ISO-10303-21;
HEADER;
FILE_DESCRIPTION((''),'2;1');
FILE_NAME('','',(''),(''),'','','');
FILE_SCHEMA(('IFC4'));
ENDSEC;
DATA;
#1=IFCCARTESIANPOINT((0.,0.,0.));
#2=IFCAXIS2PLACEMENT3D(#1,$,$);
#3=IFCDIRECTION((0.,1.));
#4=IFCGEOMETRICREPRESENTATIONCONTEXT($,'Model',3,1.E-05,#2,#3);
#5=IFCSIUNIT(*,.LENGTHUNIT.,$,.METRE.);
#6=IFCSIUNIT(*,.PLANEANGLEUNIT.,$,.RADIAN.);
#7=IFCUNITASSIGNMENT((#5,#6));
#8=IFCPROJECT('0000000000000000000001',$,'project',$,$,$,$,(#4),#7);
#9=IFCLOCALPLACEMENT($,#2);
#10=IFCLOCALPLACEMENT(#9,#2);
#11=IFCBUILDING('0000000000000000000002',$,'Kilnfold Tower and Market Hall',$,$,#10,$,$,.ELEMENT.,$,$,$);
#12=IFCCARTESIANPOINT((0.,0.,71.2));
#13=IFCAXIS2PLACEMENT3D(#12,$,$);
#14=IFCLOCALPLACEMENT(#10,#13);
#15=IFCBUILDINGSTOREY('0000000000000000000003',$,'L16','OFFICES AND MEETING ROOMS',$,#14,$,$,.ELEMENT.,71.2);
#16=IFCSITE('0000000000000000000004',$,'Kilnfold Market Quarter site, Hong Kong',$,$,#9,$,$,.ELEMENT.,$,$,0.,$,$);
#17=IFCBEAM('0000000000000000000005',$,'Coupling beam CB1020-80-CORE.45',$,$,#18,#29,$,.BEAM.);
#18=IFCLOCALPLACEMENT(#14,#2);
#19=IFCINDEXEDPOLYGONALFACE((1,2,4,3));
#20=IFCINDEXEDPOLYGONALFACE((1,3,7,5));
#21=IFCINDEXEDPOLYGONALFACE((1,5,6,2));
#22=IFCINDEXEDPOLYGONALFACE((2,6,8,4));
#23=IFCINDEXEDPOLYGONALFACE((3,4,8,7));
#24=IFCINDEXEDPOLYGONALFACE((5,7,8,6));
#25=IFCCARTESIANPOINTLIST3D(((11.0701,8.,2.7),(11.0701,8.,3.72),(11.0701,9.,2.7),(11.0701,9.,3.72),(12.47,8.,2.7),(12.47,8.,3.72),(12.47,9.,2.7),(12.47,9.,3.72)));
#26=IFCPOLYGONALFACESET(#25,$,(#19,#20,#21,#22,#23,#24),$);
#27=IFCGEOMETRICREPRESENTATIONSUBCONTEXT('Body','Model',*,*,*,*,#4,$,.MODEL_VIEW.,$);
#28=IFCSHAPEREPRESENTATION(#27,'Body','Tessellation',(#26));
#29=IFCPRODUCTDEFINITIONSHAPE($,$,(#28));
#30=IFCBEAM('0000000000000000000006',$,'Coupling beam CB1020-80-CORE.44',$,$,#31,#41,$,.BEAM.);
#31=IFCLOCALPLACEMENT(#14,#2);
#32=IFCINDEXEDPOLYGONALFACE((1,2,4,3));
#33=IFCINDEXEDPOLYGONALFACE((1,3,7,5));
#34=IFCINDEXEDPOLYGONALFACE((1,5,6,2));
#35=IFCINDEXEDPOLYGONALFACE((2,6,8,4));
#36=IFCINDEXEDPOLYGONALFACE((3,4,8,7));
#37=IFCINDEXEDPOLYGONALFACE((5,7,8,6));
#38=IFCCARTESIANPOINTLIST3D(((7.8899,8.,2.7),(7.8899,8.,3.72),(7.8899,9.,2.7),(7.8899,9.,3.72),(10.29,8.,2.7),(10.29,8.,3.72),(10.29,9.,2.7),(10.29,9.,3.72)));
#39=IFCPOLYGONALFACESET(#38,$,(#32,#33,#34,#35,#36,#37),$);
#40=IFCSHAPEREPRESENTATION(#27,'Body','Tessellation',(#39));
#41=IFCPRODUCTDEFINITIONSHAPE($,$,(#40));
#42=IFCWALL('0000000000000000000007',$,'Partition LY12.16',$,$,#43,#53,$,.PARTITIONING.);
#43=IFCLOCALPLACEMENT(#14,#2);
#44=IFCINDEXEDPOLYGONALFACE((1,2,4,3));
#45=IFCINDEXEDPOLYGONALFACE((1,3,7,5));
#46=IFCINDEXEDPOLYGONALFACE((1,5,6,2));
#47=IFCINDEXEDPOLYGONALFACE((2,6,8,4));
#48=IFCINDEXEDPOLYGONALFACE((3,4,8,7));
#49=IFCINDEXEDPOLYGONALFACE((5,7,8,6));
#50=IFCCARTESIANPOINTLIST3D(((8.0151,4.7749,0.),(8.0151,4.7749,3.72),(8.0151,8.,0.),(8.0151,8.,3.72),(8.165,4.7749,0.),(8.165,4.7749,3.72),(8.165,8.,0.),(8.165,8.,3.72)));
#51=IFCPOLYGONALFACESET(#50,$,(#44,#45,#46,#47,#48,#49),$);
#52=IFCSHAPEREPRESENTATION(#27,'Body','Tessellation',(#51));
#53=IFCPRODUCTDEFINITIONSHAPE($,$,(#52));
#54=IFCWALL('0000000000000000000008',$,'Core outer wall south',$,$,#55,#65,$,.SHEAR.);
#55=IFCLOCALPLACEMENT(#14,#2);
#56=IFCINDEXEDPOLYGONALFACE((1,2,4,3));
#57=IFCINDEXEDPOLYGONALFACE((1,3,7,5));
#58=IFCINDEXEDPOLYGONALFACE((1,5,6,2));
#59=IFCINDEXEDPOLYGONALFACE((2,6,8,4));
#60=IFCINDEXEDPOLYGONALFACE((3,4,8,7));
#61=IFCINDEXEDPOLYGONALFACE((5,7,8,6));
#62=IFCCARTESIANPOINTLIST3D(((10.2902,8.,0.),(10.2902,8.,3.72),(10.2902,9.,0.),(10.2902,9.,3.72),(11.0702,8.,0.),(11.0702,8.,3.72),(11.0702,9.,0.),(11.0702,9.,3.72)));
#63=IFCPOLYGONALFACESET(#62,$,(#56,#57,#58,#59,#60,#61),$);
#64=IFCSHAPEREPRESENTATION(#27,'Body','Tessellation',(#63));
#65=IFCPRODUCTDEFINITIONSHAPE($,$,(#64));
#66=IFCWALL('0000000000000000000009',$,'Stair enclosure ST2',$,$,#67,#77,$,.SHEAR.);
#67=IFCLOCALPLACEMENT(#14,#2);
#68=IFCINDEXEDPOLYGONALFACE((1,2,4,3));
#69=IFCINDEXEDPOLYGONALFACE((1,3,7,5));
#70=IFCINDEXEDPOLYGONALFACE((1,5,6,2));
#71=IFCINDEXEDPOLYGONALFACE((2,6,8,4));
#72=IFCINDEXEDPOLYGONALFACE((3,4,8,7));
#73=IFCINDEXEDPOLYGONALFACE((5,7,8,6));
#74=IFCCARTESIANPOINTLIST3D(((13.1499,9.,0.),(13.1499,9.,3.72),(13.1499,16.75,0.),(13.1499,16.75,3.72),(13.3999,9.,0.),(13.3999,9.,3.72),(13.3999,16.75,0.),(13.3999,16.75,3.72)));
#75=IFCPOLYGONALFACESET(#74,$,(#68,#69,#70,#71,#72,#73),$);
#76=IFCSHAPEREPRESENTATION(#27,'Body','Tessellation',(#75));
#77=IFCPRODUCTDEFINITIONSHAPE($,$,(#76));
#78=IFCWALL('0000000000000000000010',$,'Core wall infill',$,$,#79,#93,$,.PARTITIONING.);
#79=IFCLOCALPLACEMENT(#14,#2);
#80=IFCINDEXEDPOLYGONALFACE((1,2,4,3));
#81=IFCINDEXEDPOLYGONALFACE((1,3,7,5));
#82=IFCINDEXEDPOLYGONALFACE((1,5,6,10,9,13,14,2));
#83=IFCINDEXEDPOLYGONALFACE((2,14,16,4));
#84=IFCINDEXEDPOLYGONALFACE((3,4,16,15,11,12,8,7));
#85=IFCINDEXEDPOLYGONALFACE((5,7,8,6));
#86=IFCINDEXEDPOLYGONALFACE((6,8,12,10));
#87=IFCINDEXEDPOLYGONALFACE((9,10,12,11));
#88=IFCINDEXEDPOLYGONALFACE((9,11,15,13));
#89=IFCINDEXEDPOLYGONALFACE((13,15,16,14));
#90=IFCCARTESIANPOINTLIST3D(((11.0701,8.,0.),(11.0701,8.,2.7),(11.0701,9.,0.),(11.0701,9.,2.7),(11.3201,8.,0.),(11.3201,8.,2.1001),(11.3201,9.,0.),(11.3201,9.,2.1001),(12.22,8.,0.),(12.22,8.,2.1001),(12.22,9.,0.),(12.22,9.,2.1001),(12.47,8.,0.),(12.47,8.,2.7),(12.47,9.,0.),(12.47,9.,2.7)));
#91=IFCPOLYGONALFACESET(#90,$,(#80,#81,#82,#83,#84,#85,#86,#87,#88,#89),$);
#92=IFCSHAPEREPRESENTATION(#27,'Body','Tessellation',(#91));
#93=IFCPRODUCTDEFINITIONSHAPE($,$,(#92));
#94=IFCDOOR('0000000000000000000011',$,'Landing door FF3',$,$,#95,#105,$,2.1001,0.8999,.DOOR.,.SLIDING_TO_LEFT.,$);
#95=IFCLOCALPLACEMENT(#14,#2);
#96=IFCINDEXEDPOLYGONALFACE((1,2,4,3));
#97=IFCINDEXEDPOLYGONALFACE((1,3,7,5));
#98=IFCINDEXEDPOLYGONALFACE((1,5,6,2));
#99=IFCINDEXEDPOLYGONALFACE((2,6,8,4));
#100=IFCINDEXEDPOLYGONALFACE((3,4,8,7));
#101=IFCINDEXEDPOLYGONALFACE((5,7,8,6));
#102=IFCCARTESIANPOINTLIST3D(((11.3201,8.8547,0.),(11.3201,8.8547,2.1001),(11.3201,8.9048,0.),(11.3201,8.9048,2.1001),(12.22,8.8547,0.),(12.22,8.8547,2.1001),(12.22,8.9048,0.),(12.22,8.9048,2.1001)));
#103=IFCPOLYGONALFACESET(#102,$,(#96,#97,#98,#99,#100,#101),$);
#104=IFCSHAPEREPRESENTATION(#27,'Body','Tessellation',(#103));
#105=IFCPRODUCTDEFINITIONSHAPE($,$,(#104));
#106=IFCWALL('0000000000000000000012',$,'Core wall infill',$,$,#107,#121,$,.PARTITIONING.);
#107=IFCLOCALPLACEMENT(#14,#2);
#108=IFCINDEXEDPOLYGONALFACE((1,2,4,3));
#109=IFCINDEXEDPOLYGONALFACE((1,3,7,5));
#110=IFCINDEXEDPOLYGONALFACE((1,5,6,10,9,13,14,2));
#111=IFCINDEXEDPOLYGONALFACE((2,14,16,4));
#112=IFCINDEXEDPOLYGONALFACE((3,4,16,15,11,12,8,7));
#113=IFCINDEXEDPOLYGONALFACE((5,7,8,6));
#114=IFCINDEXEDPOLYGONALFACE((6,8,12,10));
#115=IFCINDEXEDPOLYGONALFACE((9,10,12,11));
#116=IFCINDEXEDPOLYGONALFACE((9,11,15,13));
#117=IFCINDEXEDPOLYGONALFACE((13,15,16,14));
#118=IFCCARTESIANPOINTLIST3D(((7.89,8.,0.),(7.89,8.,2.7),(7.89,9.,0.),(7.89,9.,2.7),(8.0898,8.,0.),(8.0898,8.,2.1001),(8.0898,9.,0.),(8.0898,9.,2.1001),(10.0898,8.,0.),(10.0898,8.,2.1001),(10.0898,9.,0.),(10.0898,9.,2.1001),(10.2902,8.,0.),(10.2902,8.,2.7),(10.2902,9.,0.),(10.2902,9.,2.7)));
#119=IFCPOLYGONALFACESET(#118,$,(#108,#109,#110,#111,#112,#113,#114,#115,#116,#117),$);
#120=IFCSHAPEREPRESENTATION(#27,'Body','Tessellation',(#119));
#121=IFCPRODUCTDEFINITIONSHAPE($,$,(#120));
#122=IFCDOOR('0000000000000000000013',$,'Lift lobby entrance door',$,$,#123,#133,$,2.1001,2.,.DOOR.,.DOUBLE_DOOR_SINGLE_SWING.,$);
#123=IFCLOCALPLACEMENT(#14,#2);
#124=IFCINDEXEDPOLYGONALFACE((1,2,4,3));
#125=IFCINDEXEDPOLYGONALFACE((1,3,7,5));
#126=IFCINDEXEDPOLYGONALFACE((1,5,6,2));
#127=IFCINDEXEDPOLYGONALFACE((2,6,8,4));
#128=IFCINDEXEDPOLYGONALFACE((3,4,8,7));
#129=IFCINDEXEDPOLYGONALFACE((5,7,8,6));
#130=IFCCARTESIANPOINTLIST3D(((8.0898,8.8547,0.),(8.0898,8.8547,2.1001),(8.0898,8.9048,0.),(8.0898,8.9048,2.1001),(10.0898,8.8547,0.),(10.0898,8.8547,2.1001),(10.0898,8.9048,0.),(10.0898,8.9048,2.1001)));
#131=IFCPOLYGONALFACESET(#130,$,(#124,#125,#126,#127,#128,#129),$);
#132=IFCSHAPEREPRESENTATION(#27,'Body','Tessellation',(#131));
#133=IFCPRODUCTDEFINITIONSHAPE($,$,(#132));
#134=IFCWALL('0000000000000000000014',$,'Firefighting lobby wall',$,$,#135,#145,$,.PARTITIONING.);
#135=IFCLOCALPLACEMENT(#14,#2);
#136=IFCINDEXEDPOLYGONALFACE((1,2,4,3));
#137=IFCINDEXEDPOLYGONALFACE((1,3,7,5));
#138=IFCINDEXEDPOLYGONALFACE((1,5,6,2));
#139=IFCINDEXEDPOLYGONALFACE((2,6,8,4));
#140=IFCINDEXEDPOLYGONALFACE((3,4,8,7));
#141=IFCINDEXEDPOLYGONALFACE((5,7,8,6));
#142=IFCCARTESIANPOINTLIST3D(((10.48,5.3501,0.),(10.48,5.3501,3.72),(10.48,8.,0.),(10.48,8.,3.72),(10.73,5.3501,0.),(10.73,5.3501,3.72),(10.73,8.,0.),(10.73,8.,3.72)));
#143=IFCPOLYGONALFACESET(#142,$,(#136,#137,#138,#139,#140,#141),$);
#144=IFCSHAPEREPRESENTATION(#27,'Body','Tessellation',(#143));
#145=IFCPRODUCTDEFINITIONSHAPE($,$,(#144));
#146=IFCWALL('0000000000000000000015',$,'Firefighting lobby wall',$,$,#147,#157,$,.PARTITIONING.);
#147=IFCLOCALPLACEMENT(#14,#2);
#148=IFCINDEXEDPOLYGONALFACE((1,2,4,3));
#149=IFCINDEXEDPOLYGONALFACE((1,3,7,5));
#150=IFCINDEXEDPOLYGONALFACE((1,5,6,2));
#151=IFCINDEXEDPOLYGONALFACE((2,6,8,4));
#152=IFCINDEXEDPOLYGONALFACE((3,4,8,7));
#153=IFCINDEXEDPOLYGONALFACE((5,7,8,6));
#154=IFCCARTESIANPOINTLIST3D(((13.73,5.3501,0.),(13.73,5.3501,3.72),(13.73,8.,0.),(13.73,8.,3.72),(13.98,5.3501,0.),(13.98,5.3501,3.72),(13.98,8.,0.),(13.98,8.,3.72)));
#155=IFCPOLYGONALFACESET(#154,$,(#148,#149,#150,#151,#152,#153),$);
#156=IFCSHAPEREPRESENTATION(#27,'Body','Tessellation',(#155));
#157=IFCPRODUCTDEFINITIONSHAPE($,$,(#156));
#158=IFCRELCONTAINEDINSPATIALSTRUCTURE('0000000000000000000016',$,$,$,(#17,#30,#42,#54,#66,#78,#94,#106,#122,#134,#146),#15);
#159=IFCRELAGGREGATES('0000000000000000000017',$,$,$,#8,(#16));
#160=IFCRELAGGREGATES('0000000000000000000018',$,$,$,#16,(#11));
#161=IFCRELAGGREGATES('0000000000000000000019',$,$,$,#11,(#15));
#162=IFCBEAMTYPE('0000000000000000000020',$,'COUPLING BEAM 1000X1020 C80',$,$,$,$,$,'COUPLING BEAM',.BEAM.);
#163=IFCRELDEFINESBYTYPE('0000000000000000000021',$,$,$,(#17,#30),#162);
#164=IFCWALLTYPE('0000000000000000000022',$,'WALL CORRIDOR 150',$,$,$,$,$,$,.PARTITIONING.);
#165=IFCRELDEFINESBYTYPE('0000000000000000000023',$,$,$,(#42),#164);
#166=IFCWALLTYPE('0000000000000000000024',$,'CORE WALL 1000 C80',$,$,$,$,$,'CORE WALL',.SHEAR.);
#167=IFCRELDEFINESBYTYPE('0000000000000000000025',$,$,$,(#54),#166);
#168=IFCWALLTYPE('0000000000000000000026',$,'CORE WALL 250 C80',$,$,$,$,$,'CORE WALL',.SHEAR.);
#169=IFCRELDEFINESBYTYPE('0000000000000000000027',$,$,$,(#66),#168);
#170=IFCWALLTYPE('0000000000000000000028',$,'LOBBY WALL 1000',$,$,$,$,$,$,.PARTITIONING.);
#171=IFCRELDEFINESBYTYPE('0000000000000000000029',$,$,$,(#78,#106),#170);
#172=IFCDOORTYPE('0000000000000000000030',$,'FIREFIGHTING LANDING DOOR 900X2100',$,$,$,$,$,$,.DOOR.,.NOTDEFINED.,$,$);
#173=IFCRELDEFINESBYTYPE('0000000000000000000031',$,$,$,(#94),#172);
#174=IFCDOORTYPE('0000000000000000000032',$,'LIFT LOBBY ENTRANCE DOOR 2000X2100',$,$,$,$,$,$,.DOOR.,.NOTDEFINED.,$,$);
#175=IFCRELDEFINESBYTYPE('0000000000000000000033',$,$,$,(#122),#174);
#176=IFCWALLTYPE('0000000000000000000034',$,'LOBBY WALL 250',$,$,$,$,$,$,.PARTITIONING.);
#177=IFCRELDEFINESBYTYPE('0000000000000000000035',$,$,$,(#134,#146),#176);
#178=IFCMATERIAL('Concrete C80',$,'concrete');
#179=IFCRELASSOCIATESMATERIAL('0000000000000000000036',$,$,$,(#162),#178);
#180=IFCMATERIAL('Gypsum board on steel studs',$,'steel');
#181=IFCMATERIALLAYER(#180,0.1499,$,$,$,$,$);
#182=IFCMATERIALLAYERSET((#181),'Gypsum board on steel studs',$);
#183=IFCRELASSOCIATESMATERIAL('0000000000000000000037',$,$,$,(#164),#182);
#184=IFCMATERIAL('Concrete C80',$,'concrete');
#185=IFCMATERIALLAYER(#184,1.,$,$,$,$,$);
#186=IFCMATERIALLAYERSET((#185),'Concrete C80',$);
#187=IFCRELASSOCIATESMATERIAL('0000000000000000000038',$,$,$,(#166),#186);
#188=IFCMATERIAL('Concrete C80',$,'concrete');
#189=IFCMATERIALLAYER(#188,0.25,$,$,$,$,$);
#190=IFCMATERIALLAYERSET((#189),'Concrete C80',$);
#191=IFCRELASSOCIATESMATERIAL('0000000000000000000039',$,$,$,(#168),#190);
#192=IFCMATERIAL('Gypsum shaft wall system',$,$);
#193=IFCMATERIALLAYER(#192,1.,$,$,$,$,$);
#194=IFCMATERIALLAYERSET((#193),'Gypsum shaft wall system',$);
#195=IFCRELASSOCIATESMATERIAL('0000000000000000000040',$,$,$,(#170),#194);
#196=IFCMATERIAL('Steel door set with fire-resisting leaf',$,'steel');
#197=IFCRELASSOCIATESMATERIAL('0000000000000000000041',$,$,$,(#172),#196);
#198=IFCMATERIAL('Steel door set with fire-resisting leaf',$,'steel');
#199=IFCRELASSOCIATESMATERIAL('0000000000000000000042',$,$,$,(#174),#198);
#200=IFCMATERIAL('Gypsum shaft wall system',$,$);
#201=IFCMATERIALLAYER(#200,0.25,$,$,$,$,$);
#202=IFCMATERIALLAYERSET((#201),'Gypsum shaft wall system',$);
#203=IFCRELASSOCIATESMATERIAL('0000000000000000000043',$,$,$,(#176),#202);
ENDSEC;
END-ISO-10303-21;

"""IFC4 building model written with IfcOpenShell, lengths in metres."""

from ifc_helpers import new_model, si_unit, direction, frame, frame_2d, origin, origin_2d, place, context, subcontext, project, spatial, rectangle, extrude, source, transform, mapped, material, layer, layer_set, material_profile, profile_set, type_object, element, fill, save


model = new_model("IFC4")

# Units and contexts
model_context = context("Model", 3, precision=1e-05, world=origin(), true_north=direction((0.0, 1.0)))
body_context = subcontext(model_context, "Body", "Model", "MODEL_VIEW")
ifc_project = project(units=[si_unit("LENGTHUNIT", "METRE"), si_unit("PLANEANGLEUNIT", "RADIAN")], contexts=[model_context])

# Site, building, storey
site_placement = place(None, origin())
site = spatial("IfcSite", under=ifc_project, at=site_placement, Name="Kilnfold Market Quarter site, Hong Kong", CompositionType="ELEMENT", RefElevation=0.0)
building_placement = place(site_placement, origin())
building = spatial("IfcBuilding", under=site, at=building_placement, Name="Kilnfold Tower and Market Hall", CompositionType="ELEMENT")
storey_placement = place(building_placement, frame((0.0, 0.0, 71.2)))
storey = spatial("IfcBuildingStorey", under=building, at=storey_placement, Name="L16", Description="OFFICES AND MEETING ROOMS", CompositionType="ELEMENT", Elevation=71.2)

# Beams
ifc_material_1 = material(Name="Concrete C80", Category="concrete")
ifc_material_profile = material_profile(ifc_material_1, rectangle(XDim=1.0, YDim=1.02, at=origin_2d()), Name="RC 1000x1020")
ifc_profile_set = profile_set([ifc_material_profile], Name="Concrete C80")
beam_type = type_object("IfcBeamType", Name="COUPLING BEAM 1000X1020 C80", ElementType="COUPLING BEAM", PredefinedType="BEAM", material=ifc_profile_set)
shared_shape_1 = source(origin(), body_context, "Body", "SweptSolid", [
    extrude(rectangle(XDim=1.0, YDim=1.02, at=origin_2d()), origin(), (0.0, 0.0, 1.0), 1.3999),
])
beam_1_placement = place(storey_placement, frame((11.0701, 8.5, 3.21), z_axis=(1.0, 0.0, 0.0), x_axis=(0.0, 1.0, 0.0)))
element("IfcBeam", 1, at=beam_1_placement, inside=storey, type_object=beam_type, Name="Coupling beam CB1020-80-CORE.45", PredefinedType="BEAM", context=body_context, shape_type="MappedRepresentation", body=[
    mapped(shared_shape_1, transform((0.0, 0.0, 0.0))),
])
shared_shape_2 = source(origin(), body_context, "Body", "SweptSolid", [
    extrude(rectangle(XDim=1.0, YDim=1.02, at=origin_2d()), origin(), (0.0, 0.0, 1.0), 2.4001),
])
beam_2_placement = place(storey_placement, frame((7.8899, 8.5, 3.21), z_axis=(1.0, 0.0, 0.0), x_axis=(0.0, 1.0, 0.0)))
element("IfcBeam", 2, at=beam_2_placement, inside=storey, type_object=beam_type, Name="Coupling beam CB1020-80-CORE.44", PredefinedType="BEAM", context=body_context, shape_type="MappedRepresentation", body=[
    mapped(shared_shape_2, transform((0.0, 0.0, 0.0))),
])

# Walls
ifc_material_2 = material(Name="Gypsum board on steel studs", Category="steel")
ifc_layer_1 = layer(ifc_material_2, 0.1499)
ifc_layer_set_1 = layer_set([ifc_layer_1], Name="Gypsum board on steel studs")
wall_type_1 = type_object("IfcWallType", Name="WALL CORRIDOR 150", PredefinedType="PARTITIONING", material=ifc_layer_set_1)
wall_1_placement = place(storey_placement, frame((8.0901, 8.0, 0.0), z_axis=(0.0, 0.0, 1.0), x_axis=(0.0, -1.0, 0.0)))
element("IfcWall", 3, at=wall_1_placement, inside=storey, type_object=wall_type_1, Name="Partition LY12.16", PredefinedType="PARTITIONING", context=body_context, shape_type="SweptSolid", body=[
    extrude(rectangle(XDim=3.2251, YDim=0.1499, at=frame_2d((1.6125, 0.0))), origin(), (0.0, 0.0, 1.0), 3.72),
])
ifc_material_3 = material(Name="Concrete C80", Category="concrete")
ifc_layer_2 = layer(ifc_material_3, 1.0)
ifc_layer_set_2 = layer_set([ifc_layer_2], Name="Concrete C80")
wall_type_2 = type_object("IfcWallType", Name="CORE WALL 1000 C80", ElementType="CORE WALL", PredefinedType="SHEAR", material=ifc_layer_set_2)
shared_shape_3 = source(origin(), body_context, "Body", "SweptSolid", [
    extrude(rectangle(XDim=0.78, YDim=1.0, at=frame_2d((0.3901, 0.0))), origin(), (0.0, 0.0, 1.0), 3.72),
])
wall_2_placement = place(storey_placement, frame((10.29, 8.5, 0.0), z_axis=(0.0, 0.0, 1.0), x_axis=(1.0, 0.0, 0.0)))
element("IfcWall", 4, at=wall_2_placement, inside=storey, type_object=wall_type_2, Name="Core outer wall south", PredefinedType="SHEAR", context=body_context, shape_type="MappedRepresentation", body=[
    mapped(shared_shape_3, transform((0.0, 0.0, 0.0))),
])

# Wall
ifc_material_4 = material(Name="Concrete C80", Category="concrete")
ifc_layer_3 = layer(ifc_material_4, 0.25)
ifc_layer_set_3 = layer_set([ifc_layer_3], Name="Concrete C80")
wall_type_3 = type_object("IfcWallType", Name="CORE WALL 250 C80", ElementType="CORE WALL", PredefinedType="SHEAR", material=ifc_layer_set_3)
shared_shape_4 = source(origin(), body_context, "Body", "SweptSolid", [
    extrude(rectangle(XDim=7.75, YDim=0.25, at=frame_2d((3.875, 0.0))), origin(), (0.0, 0.0, 1.0), 3.72),
])
wall_3_placement = place(storey_placement, frame((13.2749, 9.0, 0.0), z_axis=(0.0, 0.0, 1.0), x_axis=(0.0, 1.0, 0.0)))
element("IfcWall", 5, at=wall_3_placement, inside=storey, type_object=wall_type_3, Name="Stair enclosure ST2", PredefinedType="SHEAR", context=body_context, shape_type="MappedRepresentation", body=[
    mapped(shared_shape_4, transform((0.0, 0.0, 0.0))),
])

# Walls, openings, doors
ifc_material_5 = material(Name="Gypsum shaft wall system")
ifc_layer_4 = layer(ifc_material_5, 1.0)
ifc_layer_set_4 = layer_set([ifc_layer_4], Name="Gypsum shaft wall system")
wall_type_4 = type_object("IfcWallType", Name="LOBBY WALL 1000", PredefinedType="PARTITIONING", material=ifc_layer_set_4)
shared_shape_5 = source(origin(), body_context, "Body", "SweptSolid", [
    extrude(rectangle(XDim=1.3999, YDim=1.0, at=frame_2d((0.7, 0.0))), origin(), (0.0, 0.0, 1.0), 2.7),
])
wall_4_placement = place(storey_placement, frame((11.0701, 8.5, 0.0), z_axis=(0.0, 0.0, 1.0), x_axis=(1.0, 0.0, 0.0)))
wall_4 = element("IfcWall", 6, at=wall_4_placement, inside=storey, type_object=wall_type_4, Name="Core wall infill", PredefinedType="PARTITIONING", context=body_context, shape_type="MappedRepresentation", body=[
    mapped(shared_shape_5, transform((0.0, 0.0, 0.0))),
])
opening_1_placement = place(wall_4_placement, frame((0.25, 0.0, 0.0)))
opening_1 = element("IfcOpeningElement", 7, at=opening_1_placement, cuts=wall_4, PredefinedType="OPENING", context=body_context, shape_type="SweptSolid", body=[
    extrude(rectangle(XDim=0.8999, YDim=2.1001, at=frame_2d((0.45, 1.05))), frame((0.0, 0.51, 0.0), z_axis=(0.0, -1.0, 0.0), x_axis=(1.0, 0.0, 0.0)), (0.0, 0.0, 1.0), 1.02),
])
ifc_material_6 = material(Name="Steel door set with fire-resisting leaf", Category="steel")
door_type_1 = type_object("IfcDoorType", Name="FIREFIGHTING LANDING DOOR 900X2100", OperationType="NOTDEFINED", PredefinedType="DOOR", material=ifc_material_6)
door_1_placement = place(opening_1_placement, origin())
door_1 = element("IfcDoor", 8, at=door_1_placement, inside=storey, type_object=door_type_1, Name="Landing door FF3", OperationType="SLIDING_TO_LEFT", OverallHeight=2.1001, OverallWidth=0.8999, PredefinedType="DOOR", context=body_context, shape_type="SweptSolid", body=[
    extrude(rectangle(XDim=0.8999, YDim=2.1001, at=frame_2d((0.45, 1.05))), frame((0.0, 0.4048, 0.0), z_axis=(0.0, -1.0, 0.0), x_axis=(1.0, 0.0, 0.0)), (0.0, 0.0, 1.0), 0.05),
])
fill(opening_1, door_1)
shared_shape_6 = source(origin(), body_context, "Body", "SweptSolid", [
    extrude(rectangle(XDim=2.4001, YDim=1.0, at=frame_2d((1.2002, 0.0))), origin(), (0.0, 0.0, 1.0), 2.7),
])
wall_5_placement = place(storey_placement, frame((7.8899, 8.5, 0.0), z_axis=(0.0, 0.0, 1.0), x_axis=(1.0, 0.0, 0.0)))
wall_5 = element("IfcWall", 9, at=wall_5_placement, inside=storey, type_object=wall_type_4, Name="Core wall infill", PredefinedType="PARTITIONING", context=body_context, shape_type="MappedRepresentation", body=[
    mapped(shared_shape_6, transform((0.0, 0.0, 0.0))),
])
opening_2_placement = place(wall_5_placement, frame((0.2, 0.0, 0.0)))
opening_2 = element("IfcOpeningElement", 10, at=opening_2_placement, cuts=wall_5, PredefinedType="OPENING", context=body_context, shape_type="SweptSolid", body=[
    extrude(rectangle(XDim=2.0, YDim=2.1001, at=frame_2d((1.0, 1.05))), frame((0.0, 0.51, 0.0), z_axis=(0.0, -1.0, 0.0), x_axis=(1.0, 0.0, 0.0)), (0.0, 0.0, 1.0), 1.02),
])
ifc_material_7 = material(Name="Steel door set with fire-resisting leaf", Category="steel")
door_type_2 = type_object("IfcDoorType", Name="LIFT LOBBY ENTRANCE DOOR 2000X2100", OperationType="NOTDEFINED", PredefinedType="DOOR", material=ifc_material_7)
door_2_placement = place(opening_2_placement, origin())
door_2 = element("IfcDoor", 11, at=door_2_placement, inside=storey, type_object=door_type_2, Name="Lift lobby entrance door", OperationType="DOUBLE_DOOR_SINGLE_SWING", OverallHeight=2.1001, OverallWidth=2.0, PredefinedType="DOOR", context=body_context, shape_type="SweptSolid", body=[
    extrude(rectangle(XDim=2.0, YDim=2.1001, at=frame_2d((1.0, 1.05))), frame((0.0, 0.4048, 0.0), z_axis=(0.0, -1.0, 0.0), x_axis=(1.0, 0.0, 0.0)), (0.0, 0.0, 1.0), 0.05),
])
fill(opening_2, door_2)

# Walls
ifc_material_8 = material(Name="Gypsum shaft wall system")
ifc_layer_5 = layer(ifc_material_8, 0.25)
ifc_layer_set_5 = layer_set([ifc_layer_5], Name="Gypsum shaft wall system")
wall_type_5 = type_object("IfcWallType", Name="LOBBY WALL 250", PredefinedType="PARTITIONING", material=ifc_layer_set_5)
shared_shape_7 = source(origin(), body_context, "Body", "SweptSolid", [
    extrude(rectangle(XDim=2.6499, YDim=0.25, at=frame_2d((1.325, 0.0))), origin(), (0.0, 0.0, 1.0), 3.72),
])
for number, where, z_axis, x_axis, name in (
    (12, (10.605, 5.3501, 0.0), (0.0, 0.0, 1.0), (0.0, 1.0, 0.0), "Firefighting lobby wall"),
    (13, (13.855, 5.3501, 0.0), (0.0, 0.0, 1.0), (0.0, 1.0, 0.0), "Firefighting lobby wall"),
):
    element("IfcWall", number, at=place(storey_placement, frame(where, z_axis=z_axis, x_axis=x_axis)), inside=storey, type_object=wall_type_5, Name=name, PredefinedType="PARTITIONING", context=body_context, shape_type="MappedRepresentation", body=[
        mapped(shared_shape_7, transform((0.0, 0.0, 0.0))),
    ])

save(model, "model.ifc")
